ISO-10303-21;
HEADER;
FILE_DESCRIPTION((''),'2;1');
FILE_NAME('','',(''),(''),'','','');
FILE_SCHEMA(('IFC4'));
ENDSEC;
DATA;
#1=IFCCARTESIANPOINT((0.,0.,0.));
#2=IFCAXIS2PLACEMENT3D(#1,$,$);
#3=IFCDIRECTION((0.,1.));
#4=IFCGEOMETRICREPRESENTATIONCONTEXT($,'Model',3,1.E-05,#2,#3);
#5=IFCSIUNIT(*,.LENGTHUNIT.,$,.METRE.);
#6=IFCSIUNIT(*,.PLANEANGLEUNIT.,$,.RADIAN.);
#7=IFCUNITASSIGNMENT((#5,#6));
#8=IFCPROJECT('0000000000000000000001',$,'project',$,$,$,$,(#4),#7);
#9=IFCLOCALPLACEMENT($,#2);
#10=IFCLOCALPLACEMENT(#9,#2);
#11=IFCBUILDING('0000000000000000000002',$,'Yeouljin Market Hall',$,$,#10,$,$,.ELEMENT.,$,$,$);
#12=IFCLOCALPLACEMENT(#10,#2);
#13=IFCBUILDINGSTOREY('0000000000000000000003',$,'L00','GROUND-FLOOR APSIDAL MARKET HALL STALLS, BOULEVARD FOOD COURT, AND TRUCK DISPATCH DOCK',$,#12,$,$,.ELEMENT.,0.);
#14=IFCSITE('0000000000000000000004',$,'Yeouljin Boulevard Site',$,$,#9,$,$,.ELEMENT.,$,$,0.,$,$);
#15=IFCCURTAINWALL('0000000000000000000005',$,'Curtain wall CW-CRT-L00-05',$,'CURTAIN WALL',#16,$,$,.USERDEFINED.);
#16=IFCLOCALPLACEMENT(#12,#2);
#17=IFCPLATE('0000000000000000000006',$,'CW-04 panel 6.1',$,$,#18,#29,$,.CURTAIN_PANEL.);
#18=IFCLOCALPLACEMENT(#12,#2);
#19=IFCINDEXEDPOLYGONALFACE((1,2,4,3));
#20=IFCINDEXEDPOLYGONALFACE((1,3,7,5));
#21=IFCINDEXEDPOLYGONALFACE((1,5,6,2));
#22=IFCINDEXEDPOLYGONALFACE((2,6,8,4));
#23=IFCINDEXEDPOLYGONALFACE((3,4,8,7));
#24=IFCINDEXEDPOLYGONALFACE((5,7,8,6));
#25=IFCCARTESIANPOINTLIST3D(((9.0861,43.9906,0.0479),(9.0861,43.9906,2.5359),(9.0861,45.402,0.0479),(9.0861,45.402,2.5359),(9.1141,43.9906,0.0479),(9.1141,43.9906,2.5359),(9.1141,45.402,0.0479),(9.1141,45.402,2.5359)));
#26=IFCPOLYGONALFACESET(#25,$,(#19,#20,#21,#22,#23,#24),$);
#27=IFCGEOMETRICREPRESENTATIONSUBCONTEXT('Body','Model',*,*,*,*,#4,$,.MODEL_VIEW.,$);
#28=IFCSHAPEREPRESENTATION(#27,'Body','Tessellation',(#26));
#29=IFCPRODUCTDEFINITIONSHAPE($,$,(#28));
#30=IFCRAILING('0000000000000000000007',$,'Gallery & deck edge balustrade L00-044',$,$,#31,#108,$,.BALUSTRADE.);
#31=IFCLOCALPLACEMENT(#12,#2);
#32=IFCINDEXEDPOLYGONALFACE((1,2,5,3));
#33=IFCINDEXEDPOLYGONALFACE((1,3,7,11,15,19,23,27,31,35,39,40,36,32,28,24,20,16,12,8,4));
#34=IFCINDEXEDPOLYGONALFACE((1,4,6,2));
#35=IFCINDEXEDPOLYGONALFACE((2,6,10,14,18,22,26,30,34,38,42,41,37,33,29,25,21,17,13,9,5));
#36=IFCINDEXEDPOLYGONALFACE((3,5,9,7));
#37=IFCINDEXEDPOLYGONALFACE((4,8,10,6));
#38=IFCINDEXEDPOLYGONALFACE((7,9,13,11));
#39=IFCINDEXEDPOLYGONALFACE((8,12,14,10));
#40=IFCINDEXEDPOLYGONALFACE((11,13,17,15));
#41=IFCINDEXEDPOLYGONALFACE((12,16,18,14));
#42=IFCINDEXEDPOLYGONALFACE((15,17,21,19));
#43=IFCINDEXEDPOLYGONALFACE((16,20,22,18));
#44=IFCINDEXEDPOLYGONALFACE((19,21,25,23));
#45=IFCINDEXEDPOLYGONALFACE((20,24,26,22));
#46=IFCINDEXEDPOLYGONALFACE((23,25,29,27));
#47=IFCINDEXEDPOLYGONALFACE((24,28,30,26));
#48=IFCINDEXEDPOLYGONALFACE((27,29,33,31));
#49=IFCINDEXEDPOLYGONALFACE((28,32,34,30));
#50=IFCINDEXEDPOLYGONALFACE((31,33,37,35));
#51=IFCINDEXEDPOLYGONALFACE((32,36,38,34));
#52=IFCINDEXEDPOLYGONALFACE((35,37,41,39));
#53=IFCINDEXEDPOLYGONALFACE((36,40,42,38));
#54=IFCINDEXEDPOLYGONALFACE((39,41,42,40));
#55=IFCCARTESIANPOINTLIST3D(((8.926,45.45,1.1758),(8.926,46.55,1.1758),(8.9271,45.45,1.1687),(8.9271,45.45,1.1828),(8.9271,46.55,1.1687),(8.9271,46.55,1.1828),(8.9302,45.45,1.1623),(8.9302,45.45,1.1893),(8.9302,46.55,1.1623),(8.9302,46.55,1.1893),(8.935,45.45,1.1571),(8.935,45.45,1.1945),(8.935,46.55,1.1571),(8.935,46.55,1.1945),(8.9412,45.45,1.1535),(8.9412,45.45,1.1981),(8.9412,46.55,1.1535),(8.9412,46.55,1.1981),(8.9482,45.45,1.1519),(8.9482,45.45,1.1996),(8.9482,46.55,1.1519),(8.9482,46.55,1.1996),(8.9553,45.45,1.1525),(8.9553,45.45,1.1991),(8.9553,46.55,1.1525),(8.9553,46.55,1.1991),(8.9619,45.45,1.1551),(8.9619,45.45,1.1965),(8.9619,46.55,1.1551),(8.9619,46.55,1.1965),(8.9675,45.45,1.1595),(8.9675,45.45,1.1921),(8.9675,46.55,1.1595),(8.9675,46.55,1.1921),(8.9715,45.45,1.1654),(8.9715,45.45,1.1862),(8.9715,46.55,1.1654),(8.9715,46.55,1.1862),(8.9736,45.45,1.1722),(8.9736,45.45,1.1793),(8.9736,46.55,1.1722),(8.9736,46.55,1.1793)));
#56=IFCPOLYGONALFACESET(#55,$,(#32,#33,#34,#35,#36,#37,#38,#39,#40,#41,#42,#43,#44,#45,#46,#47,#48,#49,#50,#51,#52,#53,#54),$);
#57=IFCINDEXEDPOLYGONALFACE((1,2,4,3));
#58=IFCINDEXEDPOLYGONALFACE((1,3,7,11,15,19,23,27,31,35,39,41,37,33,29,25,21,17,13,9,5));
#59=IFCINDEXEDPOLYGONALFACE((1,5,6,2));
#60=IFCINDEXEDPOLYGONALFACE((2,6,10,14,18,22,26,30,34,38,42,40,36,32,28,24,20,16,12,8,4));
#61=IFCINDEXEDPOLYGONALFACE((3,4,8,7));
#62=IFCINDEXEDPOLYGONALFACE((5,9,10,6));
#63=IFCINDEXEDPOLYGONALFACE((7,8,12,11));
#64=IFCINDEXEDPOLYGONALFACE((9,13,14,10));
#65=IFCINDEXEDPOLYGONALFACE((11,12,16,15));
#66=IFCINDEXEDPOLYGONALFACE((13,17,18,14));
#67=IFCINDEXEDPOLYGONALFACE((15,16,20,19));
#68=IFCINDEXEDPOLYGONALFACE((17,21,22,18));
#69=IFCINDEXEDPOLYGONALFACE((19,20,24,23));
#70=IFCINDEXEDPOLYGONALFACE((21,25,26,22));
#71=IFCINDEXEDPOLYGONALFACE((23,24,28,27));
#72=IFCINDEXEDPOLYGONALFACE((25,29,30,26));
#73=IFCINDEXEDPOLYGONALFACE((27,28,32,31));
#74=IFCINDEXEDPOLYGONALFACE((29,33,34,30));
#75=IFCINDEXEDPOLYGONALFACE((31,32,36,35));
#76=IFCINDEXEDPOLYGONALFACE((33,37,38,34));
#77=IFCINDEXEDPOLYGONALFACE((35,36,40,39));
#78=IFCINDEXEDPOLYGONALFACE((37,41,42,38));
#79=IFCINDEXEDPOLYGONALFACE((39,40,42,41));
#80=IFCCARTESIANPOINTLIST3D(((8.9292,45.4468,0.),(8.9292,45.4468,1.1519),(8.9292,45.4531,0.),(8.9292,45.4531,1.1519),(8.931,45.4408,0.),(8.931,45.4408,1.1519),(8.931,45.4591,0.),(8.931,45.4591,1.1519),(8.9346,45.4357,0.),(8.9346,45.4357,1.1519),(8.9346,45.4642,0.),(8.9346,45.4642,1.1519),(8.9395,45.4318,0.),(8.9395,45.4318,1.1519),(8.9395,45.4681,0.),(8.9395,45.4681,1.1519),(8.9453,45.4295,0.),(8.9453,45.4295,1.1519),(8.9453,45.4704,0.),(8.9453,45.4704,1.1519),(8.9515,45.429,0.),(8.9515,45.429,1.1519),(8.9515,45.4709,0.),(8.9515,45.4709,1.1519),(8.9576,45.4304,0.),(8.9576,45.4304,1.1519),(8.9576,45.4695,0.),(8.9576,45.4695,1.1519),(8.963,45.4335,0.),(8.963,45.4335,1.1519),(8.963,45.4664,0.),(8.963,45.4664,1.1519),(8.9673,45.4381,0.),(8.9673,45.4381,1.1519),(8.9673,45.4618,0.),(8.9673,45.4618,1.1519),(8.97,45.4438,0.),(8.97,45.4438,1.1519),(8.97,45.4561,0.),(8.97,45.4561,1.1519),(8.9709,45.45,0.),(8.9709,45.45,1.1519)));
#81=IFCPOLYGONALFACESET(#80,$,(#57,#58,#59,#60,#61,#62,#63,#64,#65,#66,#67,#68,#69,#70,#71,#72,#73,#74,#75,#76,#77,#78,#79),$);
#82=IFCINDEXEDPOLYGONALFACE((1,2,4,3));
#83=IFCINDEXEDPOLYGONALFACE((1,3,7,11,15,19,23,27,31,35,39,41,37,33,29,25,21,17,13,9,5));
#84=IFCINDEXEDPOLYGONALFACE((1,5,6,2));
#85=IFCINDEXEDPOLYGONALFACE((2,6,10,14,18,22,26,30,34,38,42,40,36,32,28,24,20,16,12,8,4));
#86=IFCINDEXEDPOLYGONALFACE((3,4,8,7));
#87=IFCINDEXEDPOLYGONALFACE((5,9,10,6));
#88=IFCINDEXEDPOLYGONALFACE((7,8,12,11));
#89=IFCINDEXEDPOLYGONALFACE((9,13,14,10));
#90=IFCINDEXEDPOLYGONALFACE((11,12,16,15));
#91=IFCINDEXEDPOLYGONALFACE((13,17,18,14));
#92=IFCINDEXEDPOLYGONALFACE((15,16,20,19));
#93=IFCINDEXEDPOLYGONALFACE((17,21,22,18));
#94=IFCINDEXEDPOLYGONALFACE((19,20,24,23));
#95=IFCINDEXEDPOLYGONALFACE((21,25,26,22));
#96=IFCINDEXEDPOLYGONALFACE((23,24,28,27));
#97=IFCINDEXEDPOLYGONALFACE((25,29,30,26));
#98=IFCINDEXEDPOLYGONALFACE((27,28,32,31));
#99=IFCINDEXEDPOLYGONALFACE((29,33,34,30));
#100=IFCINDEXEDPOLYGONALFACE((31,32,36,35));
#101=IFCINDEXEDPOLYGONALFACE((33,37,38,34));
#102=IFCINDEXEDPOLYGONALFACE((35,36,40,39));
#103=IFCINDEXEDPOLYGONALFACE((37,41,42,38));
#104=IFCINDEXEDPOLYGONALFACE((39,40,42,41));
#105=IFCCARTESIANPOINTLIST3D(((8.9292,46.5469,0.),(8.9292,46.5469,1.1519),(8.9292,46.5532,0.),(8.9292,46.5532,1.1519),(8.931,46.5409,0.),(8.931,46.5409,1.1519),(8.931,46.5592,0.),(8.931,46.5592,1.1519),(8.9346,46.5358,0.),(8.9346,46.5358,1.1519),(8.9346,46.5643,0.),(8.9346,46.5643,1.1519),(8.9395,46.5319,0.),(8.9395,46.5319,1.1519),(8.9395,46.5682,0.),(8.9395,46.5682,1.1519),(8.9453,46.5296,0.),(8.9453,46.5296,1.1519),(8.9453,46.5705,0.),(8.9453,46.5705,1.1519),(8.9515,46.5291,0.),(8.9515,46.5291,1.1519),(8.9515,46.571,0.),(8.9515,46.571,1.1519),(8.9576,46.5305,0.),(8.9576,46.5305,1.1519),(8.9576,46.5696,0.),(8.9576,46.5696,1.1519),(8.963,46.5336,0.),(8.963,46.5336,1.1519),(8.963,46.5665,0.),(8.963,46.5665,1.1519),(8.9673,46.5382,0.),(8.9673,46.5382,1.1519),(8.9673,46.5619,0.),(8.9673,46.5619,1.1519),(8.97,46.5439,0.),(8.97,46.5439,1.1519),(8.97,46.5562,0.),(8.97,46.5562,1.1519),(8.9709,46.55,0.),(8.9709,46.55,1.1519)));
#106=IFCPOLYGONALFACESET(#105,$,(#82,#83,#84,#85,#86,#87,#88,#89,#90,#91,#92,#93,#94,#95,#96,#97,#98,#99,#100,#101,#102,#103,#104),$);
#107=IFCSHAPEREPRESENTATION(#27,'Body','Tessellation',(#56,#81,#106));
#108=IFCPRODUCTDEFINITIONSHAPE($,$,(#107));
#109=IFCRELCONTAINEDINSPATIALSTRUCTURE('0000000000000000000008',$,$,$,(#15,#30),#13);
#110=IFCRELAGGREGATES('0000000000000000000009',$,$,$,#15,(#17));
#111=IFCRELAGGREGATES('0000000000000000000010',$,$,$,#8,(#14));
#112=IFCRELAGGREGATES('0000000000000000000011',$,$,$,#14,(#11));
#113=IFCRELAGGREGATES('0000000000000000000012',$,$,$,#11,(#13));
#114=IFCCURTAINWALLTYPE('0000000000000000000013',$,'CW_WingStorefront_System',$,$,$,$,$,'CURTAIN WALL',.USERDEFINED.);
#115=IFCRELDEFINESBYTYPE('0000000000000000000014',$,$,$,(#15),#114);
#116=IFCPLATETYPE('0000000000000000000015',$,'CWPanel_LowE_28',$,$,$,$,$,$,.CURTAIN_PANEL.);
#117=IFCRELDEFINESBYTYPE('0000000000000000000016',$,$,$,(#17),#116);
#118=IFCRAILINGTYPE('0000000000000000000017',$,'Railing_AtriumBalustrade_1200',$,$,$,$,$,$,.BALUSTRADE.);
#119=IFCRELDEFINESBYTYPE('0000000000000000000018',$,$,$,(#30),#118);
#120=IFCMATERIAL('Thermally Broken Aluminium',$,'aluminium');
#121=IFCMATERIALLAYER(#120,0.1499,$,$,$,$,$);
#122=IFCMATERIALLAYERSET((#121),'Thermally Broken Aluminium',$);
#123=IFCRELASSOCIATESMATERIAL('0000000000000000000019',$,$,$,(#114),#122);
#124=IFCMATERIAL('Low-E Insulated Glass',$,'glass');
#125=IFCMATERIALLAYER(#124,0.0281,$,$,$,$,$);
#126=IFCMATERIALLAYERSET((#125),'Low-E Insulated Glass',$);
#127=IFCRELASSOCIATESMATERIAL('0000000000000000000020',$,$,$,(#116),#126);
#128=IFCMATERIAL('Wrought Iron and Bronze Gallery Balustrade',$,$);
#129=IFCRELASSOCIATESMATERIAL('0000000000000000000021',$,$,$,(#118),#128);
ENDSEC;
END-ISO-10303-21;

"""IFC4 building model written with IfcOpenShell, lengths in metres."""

from ifc_helpers import new_model, si_unit, direction, frame, origin, origin_2d, place, context, subcontext, project, spatial, rectangle, circle, extrude, material, layer, layer_set, type_object, element, aggregate, save


model = new_model("IFC4")

# Units and contexts
model_context = context("Model", 3, precision=1e-05, world=origin(), true_north=direction((0.0, 1.0)))
body_context = subcontext(model_context, "Body", "Model", "MODEL_VIEW")
ifc_project = project(units=[si_unit("LENGTHUNIT", "METRE"), si_unit("PLANEANGLEUNIT", "RADIAN")], contexts=[model_context])

# Site, building, storey
site_placement = place(None, origin())
site = spatial("IfcSite", under=ifc_project, at=site_placement, Name="Yeouljin Boulevard Site", CompositionType="ELEMENT", RefElevation=0.0)
building_placement = place(site_placement, origin())
building = spatial("IfcBuilding", under=site, at=building_placement, Name="Yeouljin Market Hall", CompositionType="ELEMENT")
storey_placement = place(building_placement, origin())
storey = spatial("IfcBuildingStorey", under=building, at=storey_placement, Name="L00", Description="GROUND-FLOOR APSIDAL MARKET HALL STALLS, BOULEVARD FOOD COURT, AND TRUCK DISPATCH DOCK", CompositionType="ELEMENT", Elevation=0.0)

# Curtain wall, plate
ifc_material_1 = material(Name="Thermally Broken Aluminium", Category="aluminium")
ifc_layer_1 = layer(ifc_material_1, 0.1499)
ifc_layer_set_1 = layer_set([ifc_layer_1], Name="Thermally Broken Aluminium")
curtain_wall_type = type_object("IfcCurtainWallType", Name="CW_WingStorefront_System", ElementType="CURTAIN WALL", PredefinedType="USERDEFINED", material=ifc_layer_set_1)
curtain_wall_placement = place(storey_placement, origin())
curtain_wall = element("IfcCurtainWall", 1, at=curtain_wall_placement, inside=storey, type_object=curtain_wall_type, Name="Curtain wall CW-CRT-L00-05", ObjectType="CURTAIN WALL", PredefinedType="USERDEFINED")
ifc_material_2 = material(Name="Low-E Insulated Glass", Category="glass")
ifc_layer_2 = layer(ifc_material_2, 0.0281)
ifc_layer_set_2 = layer_set([ifc_layer_2], Name="Low-E Insulated Glass")
plate_type = type_object("IfcPlateType", Name="CWPanel_LowE_28", PredefinedType="CURTAIN_PANEL", material=ifc_layer_set_2)
plate_1_placement = place(storey_placement, frame((9.1001, 44.6963, 0.0479), z_axis=(0.0, 0.0, 1.0), x_axis=(0.0, 1.0, 0.0)))
plate_1 = element("IfcPlate", 2, at=plate_1_placement, type_object=plate_type, Name="CW-04 panel 6.1", PredefinedType="CURTAIN_PANEL", context=body_context, shape_type="SweptSolid", body=[
    extrude(rectangle(XDim=1.4114, YDim=0.0281, at=origin_2d()), origin(), (0.0, 0.0, 1.0), 2.488),
])
aggregate(curtain_wall, [plate_1])

# Railing
ifc_material_3 = material(Name="Wrought Iron and Bronze Gallery Balustrade")
railing_type = type_object("IfcRailingType", Name="Railing_AtriumBalustrade_1200", PredefinedType="BALUSTRADE", material=ifc_material_3)
railing_placement = place(storey_placement, frame((8.95, 45.45, 0.0)))
element("IfcRailing", 3, at=railing_placement, inside=storey, type_object=railing_type, Name="Gallery & deck edge balustrade L00-044", PredefinedType="BALUSTRADE", context=body_context, shape_type="SweptSolid", body=[
    extrude(circle(Radius=0.0239, at=origin_2d()), frame((0.0, 0.0, 1.1758), z_axis=(0.0, 1.0, 0.0), x_axis=(-1.0, 0.0, 0.0)), (0.0, 0.0, 1.0), 1.1001),
    extrude(circle(Radius=0.021, at=origin_2d()), origin(), (0.0, 0.0, 1.0), 1.1519),
    extrude(circle(Radius=0.021, at=origin_2d()), frame((0.0, 1.1001, 0.0)), (0.0, 0.0, 1.0), 1.1519),
])

save(model, "model.ifc")
